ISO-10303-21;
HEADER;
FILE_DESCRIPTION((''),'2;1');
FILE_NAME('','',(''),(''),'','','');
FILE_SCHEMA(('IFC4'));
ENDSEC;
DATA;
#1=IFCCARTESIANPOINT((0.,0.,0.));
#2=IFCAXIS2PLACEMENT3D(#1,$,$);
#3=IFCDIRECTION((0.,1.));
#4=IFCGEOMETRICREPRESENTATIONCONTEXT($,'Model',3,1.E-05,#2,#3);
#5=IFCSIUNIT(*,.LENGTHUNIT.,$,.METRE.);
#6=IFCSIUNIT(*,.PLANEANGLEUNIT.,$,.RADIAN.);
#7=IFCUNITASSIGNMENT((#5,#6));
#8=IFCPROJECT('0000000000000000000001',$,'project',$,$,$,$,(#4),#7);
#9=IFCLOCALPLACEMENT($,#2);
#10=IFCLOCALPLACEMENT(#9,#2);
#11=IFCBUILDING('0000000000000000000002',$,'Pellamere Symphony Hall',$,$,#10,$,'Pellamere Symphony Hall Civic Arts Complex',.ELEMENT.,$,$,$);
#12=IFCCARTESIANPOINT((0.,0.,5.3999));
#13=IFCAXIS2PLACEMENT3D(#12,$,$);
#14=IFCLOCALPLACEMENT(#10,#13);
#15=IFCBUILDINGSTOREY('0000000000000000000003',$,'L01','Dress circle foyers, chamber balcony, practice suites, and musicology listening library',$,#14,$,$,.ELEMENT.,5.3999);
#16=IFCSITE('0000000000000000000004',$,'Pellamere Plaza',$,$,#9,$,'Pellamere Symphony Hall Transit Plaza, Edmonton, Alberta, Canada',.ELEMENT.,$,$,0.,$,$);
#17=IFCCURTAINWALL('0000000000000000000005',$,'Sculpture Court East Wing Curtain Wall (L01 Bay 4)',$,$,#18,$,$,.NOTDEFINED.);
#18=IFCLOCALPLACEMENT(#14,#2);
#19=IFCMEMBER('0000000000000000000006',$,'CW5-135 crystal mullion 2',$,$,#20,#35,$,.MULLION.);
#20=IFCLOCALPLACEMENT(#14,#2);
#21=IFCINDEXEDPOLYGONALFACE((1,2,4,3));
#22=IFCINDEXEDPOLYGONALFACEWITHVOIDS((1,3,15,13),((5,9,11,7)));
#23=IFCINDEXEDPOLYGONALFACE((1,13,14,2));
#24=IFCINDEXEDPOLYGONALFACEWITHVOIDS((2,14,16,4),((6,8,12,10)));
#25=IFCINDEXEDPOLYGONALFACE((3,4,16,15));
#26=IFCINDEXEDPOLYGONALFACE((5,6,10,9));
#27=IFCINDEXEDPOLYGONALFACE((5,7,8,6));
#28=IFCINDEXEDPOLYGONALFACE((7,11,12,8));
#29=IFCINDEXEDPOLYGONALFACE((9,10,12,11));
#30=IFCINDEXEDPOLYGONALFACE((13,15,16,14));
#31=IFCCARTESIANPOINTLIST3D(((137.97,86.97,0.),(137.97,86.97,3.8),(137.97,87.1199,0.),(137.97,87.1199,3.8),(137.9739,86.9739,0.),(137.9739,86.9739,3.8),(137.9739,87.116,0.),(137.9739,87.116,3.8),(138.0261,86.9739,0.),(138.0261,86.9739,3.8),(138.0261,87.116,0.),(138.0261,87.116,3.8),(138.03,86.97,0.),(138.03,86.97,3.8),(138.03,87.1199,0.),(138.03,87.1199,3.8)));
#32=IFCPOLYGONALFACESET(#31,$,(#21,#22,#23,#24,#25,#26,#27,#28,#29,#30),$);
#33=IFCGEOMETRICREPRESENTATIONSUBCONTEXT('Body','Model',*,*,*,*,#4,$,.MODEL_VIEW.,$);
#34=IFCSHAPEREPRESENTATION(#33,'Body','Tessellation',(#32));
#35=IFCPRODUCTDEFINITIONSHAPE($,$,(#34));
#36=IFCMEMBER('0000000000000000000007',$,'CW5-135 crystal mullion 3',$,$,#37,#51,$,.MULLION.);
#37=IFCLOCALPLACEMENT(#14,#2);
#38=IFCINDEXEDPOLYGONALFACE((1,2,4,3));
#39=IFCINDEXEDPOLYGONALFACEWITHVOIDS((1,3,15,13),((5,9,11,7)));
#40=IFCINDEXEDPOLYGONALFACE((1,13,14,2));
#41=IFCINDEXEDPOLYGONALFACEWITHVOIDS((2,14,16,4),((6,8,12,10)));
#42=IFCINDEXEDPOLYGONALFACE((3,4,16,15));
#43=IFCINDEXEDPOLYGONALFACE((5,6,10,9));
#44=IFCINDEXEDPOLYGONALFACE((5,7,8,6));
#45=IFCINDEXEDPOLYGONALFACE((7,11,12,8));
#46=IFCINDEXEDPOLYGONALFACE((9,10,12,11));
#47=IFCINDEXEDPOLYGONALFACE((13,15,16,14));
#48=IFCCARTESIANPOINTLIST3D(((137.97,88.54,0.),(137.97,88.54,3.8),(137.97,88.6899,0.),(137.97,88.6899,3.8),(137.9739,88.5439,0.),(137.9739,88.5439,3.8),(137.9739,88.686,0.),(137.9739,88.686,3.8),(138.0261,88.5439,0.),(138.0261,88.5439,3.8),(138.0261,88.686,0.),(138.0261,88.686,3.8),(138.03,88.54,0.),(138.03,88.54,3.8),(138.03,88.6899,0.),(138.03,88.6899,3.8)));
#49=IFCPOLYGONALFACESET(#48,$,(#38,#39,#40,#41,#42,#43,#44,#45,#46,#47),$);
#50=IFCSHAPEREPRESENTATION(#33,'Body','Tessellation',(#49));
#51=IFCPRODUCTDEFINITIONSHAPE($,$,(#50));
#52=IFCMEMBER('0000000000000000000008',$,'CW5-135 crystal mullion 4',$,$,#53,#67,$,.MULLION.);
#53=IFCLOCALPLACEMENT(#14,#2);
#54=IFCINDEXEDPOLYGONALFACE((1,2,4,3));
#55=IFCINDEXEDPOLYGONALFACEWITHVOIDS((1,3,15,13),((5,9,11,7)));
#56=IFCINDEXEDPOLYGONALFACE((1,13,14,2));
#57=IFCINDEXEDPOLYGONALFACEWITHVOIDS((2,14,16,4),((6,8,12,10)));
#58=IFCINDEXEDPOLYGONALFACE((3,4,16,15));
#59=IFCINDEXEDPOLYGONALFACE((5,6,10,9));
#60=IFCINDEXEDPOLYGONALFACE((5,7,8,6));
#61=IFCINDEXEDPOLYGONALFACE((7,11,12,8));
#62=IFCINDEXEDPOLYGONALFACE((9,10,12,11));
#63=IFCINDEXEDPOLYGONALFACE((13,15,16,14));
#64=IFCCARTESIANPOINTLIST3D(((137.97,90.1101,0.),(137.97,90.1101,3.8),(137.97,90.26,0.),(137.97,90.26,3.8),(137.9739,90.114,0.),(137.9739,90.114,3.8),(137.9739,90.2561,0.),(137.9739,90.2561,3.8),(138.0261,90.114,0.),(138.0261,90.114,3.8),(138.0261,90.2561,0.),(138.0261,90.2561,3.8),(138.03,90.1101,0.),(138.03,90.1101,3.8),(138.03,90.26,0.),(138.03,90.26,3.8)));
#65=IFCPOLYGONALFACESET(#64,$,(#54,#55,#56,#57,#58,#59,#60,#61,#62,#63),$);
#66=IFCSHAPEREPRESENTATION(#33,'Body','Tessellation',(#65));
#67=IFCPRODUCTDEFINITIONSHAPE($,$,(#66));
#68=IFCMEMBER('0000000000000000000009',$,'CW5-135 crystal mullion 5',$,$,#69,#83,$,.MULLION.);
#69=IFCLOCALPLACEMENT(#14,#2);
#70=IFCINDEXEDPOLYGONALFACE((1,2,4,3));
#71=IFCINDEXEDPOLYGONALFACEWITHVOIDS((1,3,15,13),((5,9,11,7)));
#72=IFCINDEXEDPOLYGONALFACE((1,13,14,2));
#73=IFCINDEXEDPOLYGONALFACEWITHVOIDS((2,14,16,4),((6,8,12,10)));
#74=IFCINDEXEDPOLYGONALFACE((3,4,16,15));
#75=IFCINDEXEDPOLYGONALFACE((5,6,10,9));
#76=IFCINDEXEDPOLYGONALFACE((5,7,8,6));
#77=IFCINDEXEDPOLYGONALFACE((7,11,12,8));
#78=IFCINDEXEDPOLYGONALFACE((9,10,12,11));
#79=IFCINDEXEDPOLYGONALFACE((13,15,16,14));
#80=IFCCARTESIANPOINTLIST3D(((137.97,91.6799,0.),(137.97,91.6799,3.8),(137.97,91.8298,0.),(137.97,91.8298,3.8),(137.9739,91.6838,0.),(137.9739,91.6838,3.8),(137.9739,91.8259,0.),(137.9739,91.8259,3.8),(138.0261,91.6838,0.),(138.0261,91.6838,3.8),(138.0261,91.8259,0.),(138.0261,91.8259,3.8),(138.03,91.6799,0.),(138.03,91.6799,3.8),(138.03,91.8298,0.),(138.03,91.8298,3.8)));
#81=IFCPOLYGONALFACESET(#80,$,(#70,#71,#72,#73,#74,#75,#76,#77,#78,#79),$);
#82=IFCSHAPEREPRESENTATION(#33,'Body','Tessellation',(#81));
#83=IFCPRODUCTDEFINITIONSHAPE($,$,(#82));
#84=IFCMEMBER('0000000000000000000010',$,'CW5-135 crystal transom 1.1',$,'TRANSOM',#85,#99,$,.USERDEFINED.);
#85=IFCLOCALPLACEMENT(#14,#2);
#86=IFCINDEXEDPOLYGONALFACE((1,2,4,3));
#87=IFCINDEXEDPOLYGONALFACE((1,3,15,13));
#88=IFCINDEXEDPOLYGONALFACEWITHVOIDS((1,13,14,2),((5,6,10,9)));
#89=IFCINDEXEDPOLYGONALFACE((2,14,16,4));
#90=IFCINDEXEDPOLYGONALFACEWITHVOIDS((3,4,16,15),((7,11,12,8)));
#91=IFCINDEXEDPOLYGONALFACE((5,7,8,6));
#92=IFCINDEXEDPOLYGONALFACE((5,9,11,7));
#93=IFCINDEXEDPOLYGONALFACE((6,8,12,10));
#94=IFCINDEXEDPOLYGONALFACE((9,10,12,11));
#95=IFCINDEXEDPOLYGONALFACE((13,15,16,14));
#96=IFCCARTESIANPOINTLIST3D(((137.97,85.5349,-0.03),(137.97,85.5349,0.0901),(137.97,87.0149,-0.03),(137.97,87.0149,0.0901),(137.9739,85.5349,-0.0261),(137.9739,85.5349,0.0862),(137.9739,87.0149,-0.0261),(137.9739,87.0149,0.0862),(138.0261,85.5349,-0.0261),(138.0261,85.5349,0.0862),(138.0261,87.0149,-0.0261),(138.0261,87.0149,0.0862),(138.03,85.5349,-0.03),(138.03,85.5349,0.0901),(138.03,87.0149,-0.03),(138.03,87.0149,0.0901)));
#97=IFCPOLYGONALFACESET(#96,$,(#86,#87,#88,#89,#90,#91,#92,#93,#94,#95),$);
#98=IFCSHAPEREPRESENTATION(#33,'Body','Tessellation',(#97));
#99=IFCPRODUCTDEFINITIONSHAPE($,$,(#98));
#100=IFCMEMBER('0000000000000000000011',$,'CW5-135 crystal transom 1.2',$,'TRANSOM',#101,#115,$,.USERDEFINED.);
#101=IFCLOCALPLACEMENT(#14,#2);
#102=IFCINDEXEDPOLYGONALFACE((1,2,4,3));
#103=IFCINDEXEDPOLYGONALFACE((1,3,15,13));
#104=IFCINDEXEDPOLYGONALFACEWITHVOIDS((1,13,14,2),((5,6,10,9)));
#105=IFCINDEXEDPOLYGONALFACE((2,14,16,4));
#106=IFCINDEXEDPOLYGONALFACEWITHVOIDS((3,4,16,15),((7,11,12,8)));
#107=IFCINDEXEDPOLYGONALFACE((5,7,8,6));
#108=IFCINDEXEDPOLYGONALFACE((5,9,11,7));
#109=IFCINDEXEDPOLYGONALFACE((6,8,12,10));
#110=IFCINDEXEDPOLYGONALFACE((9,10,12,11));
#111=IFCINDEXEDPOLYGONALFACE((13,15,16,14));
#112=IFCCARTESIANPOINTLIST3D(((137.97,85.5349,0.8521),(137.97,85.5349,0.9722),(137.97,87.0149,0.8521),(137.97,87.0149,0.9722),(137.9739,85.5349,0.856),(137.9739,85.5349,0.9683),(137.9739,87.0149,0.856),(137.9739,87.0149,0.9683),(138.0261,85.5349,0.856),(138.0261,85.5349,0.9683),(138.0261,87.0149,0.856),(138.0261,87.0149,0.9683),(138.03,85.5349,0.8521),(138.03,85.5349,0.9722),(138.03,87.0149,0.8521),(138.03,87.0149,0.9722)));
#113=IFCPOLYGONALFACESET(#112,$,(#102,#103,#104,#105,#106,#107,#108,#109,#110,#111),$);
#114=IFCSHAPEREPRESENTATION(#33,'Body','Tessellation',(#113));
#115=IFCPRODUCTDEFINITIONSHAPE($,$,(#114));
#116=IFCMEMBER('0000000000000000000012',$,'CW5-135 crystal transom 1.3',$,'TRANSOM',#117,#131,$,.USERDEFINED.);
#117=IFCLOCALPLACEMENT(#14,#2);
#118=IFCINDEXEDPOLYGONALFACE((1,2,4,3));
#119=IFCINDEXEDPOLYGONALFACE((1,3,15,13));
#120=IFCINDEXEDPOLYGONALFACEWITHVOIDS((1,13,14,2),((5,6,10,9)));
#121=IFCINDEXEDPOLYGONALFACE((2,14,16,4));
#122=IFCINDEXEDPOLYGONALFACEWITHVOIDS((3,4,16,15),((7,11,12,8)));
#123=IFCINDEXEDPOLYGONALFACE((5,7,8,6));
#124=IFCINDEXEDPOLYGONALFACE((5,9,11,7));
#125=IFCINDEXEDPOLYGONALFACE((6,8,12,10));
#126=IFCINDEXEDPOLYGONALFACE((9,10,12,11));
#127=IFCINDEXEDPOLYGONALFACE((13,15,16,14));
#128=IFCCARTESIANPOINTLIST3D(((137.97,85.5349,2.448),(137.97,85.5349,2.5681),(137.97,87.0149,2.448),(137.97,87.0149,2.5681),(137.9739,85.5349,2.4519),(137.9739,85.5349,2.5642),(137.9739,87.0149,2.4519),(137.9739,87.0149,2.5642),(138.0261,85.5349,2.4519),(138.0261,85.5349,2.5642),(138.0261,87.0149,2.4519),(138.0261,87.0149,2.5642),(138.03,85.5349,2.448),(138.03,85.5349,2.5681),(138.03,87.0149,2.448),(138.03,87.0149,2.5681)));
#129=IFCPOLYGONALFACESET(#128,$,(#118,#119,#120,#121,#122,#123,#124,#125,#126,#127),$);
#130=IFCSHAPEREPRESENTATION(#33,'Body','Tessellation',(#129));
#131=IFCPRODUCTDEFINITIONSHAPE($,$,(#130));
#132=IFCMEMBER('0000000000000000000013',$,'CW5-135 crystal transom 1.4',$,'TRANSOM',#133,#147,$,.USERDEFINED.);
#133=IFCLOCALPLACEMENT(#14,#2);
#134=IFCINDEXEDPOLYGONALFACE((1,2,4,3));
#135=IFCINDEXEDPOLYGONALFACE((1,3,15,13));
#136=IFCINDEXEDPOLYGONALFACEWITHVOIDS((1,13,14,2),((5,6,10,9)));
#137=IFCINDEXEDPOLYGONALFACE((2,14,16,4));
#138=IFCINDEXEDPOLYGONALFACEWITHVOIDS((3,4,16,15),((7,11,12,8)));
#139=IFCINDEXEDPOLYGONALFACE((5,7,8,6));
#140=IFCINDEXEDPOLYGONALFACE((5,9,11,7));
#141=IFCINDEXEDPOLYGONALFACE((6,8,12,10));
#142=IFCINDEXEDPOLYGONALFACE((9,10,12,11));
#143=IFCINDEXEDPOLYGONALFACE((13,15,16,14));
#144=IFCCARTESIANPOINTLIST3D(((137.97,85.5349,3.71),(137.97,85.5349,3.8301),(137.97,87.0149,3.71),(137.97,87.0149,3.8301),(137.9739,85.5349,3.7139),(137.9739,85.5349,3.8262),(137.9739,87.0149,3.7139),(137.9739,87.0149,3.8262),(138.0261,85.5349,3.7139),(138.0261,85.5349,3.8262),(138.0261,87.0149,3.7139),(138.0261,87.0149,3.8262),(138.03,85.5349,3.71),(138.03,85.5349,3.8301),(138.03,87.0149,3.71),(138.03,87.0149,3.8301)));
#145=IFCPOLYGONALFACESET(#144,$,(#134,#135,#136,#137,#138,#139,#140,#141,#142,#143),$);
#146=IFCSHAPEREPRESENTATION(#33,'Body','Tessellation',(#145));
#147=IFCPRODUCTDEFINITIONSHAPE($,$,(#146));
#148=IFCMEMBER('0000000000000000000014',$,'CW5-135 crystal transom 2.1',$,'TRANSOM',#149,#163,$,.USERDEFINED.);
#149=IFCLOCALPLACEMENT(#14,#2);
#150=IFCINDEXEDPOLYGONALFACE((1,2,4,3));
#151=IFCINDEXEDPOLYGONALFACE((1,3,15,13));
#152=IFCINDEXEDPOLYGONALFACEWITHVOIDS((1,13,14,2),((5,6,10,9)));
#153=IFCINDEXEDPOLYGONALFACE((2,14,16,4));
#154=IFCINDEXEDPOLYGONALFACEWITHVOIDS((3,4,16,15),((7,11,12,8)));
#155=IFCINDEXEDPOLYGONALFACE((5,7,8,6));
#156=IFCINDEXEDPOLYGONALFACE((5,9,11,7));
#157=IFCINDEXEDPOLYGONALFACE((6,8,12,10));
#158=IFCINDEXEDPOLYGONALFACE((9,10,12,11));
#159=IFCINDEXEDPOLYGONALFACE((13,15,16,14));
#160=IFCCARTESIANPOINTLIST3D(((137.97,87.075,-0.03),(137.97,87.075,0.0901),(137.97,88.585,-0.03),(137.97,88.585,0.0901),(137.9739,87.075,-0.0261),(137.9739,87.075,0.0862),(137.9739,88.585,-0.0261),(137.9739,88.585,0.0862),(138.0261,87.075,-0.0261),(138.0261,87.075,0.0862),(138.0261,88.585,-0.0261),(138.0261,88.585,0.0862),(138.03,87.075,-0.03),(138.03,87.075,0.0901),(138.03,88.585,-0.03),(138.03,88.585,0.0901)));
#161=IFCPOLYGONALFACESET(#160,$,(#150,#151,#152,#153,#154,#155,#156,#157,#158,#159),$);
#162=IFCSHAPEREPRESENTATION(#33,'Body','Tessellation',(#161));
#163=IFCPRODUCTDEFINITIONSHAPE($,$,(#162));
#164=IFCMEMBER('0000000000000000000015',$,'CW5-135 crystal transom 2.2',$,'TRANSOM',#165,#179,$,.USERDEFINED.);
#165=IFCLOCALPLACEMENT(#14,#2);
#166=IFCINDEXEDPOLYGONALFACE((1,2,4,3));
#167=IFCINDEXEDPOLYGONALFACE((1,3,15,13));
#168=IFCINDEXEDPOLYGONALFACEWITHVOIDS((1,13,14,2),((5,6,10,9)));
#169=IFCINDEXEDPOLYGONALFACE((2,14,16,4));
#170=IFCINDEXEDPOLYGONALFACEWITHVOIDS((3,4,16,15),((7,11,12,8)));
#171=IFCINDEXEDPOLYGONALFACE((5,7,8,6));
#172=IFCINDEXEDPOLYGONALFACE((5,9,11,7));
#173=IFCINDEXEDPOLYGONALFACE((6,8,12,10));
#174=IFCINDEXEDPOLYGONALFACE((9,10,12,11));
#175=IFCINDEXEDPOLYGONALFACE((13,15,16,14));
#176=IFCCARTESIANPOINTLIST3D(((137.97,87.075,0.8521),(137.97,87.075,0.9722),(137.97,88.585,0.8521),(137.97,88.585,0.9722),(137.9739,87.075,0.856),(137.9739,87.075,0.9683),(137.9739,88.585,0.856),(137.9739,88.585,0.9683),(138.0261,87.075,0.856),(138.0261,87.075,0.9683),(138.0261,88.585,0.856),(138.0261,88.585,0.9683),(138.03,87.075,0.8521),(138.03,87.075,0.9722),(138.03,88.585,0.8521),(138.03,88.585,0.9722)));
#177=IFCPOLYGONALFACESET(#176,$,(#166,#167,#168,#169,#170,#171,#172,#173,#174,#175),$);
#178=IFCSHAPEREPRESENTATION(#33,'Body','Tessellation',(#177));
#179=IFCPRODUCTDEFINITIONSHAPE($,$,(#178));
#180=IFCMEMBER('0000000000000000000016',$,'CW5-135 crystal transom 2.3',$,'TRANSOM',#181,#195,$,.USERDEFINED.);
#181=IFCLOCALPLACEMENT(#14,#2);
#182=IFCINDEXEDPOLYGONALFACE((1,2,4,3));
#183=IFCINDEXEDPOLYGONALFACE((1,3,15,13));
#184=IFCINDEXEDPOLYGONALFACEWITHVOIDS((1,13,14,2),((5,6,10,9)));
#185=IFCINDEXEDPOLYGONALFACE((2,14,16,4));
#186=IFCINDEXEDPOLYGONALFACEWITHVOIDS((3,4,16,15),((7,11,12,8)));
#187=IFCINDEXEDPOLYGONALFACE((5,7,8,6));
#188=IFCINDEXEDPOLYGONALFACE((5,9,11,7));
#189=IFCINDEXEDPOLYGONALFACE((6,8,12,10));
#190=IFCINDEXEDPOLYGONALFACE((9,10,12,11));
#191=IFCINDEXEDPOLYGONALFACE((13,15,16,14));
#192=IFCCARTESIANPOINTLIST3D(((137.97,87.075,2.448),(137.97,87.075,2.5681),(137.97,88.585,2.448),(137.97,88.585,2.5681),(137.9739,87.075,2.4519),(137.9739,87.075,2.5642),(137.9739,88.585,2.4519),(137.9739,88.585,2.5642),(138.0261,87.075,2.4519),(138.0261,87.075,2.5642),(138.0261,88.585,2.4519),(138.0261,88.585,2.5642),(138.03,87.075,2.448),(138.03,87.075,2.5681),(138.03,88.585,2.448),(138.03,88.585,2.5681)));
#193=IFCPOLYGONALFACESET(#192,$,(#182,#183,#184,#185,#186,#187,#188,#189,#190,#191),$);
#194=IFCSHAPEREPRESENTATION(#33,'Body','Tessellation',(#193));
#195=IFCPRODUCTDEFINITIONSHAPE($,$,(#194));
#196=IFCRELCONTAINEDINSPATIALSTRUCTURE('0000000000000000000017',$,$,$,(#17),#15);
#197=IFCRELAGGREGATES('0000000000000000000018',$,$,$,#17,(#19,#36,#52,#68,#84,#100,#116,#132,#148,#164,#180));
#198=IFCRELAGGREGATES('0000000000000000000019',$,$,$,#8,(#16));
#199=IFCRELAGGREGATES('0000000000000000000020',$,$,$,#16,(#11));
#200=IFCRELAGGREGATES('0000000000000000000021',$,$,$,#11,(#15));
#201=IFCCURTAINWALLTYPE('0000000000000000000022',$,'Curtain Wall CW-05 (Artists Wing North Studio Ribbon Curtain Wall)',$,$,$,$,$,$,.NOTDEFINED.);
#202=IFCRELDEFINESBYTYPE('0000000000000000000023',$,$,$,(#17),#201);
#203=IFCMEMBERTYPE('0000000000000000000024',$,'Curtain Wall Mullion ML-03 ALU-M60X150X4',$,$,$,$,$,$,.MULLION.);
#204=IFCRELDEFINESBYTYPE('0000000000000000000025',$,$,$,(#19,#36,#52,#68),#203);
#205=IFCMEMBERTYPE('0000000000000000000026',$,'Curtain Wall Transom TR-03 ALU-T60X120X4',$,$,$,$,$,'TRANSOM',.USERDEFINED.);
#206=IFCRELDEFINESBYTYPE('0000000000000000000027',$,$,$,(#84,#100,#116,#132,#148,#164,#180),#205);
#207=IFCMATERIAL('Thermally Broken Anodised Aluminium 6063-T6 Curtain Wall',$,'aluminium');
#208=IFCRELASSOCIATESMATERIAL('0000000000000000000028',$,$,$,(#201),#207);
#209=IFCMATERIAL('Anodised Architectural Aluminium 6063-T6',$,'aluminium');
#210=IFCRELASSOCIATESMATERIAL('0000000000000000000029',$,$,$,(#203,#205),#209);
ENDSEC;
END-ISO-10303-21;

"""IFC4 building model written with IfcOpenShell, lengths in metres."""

from ifc_helpers import new_model, si_unit, direction, frame, origin, origin_2d, place, context, subcontext, project, spatial, hollow_rectangle, extrude, material, material_profile, profile_set, type_object, element, aggregate, save


model = new_model("IFC4")

# Units and contexts
model_context = context("Model", 3, precision=1e-05, world=origin(), true_north=direction((0.0, 1.0)))
body_context = subcontext(model_context, "Body", "Model", "MODEL_VIEW")
ifc_project = project(units=[si_unit("LENGTHUNIT", "METRE"), si_unit("PLANEANGLEUNIT", "RADIAN")], contexts=[model_context])

# Site, building, storey
site_placement = place(None, origin())
site = spatial("IfcSite", under=ifc_project, at=site_placement, Name="Pellamere Plaza", LongName="Pellamere Symphony Hall Transit Plaza, Edmonton, Alberta, Canada", CompositionType="ELEMENT", RefElevation=0.0)
building_placement = place(site_placement, origin())
building = spatial("IfcBuilding", under=site, at=building_placement, Name="Pellamere Symphony Hall", LongName="Pellamere Symphony Hall Civic Arts Complex", CompositionType="ELEMENT")
storey_placement = place(building_placement, frame((0.0, 0.0, 5.3999)))
storey = spatial("IfcBuildingStorey", under=building, at=storey_placement, Name="L01", Description="Dress circle foyers, chamber balcony, practice suites, and musicology listening library", CompositionType="ELEMENT", Elevation=5.3999)

# Curtain wall, members
ifc_material_1 = material(Name="Thermally Broken Anodised Aluminium 6063-T6 Curtain Wall", Category="aluminium")
curtain_wall_type = type_object("IfcCurtainWallType", Name="Curtain Wall CW-05 (Artists Wing North Studio Ribbon Curtain Wall)", PredefinedType="NOTDEFINED", material=ifc_material_1)
curtain_wall_placement = place(storey_placement, origin())
curtain_wall = element("IfcCurtainWall", 1, at=curtain_wall_placement, inside=storey, type_object=curtain_wall_type, Name="Sculpture Court East Wing Curtain Wall (L01 Bay 4)", PredefinedType="NOTDEFINED")
ifc_material_2 = material(Name="Anodised Architectural Aluminium 6063-T6", Category="aluminium")
ifc_material_profile_1 = material_profile(ifc_material_2, hollow_rectangle(XDim=0.0601, YDim=0.1499, WallThickness=0.0039, at=origin_2d()), Name="ALU-M60X150X4")
ifc_profile_set_1 = profile_set([ifc_material_profile_1], Name="Anodised Architectural Aluminium 6063-T6")
member_type_1 = type_object("IfcMemberType", Name="Curtain Wall Mullion ML-03 ALU-M60X150X4", PredefinedType="MULLION", material=ifc_profile_set_1)
member_1_placement = place(storey_placement, frame((138.0, 87.0449, 0.0), z_axis=(0.0, 0.0, 1.0), x_axis=(-1.0, 0.0, 0.0)))
member_1 = element("IfcMember", 2, at=member_1_placement, type_object=member_type_1, Name="CW5-135 crystal mullion 2", PredefinedType="MULLION", context=body_context, shape_type="SweptSolid", body=[
    extrude(hollow_rectangle(XDim=0.0601, YDim=0.1499, WallThickness=0.0039, at=origin_2d()), origin(), (0.0, 0.0, 1.0), 3.8),
])
member_2_placement = place(storey_placement, frame((138.0, 88.615, 0.0), z_axis=(0.0, 0.0, 1.0), x_axis=(-1.0, 0.0, 0.0)))
member_2 = element("IfcMember", 3, at=member_2_placement, type_object=member_type_1, Name="CW5-135 crystal mullion 3", PredefinedType="MULLION", context=body_context, shape_type="SweptSolid", body=[
    extrude(hollow_rectangle(XDim=0.0601, YDim=0.1499, WallThickness=0.0039, at=origin_2d()), origin(), (0.0, 0.0, 1.0), 3.8),
])
member_3_placement = place(storey_placement, frame((138.0, 90.1851, 0.0), z_axis=(0.0, 0.0, 1.0), x_axis=(-1.0, 0.0, 0.0)))
member_3 = element("IfcMember", 4, at=member_3_placement, type_object=member_type_1, Name="CW5-135 crystal mullion 4", PredefinedType="MULLION", context=body_context, shape_type="SweptSolid", body=[
    extrude(hollow_rectangle(XDim=0.0601, YDim=0.1499, WallThickness=0.0039, at=origin_2d()), origin(), (0.0, 0.0, 1.0), 3.8),
])
member_4_placement = place(storey_placement, frame((138.0, 91.7549, 0.0), z_axis=(0.0, 0.0, 1.0), x_axis=(-1.0, 0.0, 0.0)))
member_4 = element("IfcMember", 5, at=member_4_placement, type_object=member_type_1, Name="CW5-135 crystal mullion 5", PredefinedType="MULLION", context=body_context, shape_type="SweptSolid", body=[
    extrude(hollow_rectangle(XDim=0.0601, YDim=0.1499, WallThickness=0.0039, at=origin_2d()), origin(), (0.0, 0.0, 1.0), 3.8),
])
ifc_material_profile_2 = material_profile(ifc_material_2, hollow_rectangle(XDim=0.0601, YDim=0.1201, WallThickness=0.0039, at=origin_2d()), Name="ALU-T60X120X4")
ifc_profile_set_2 = profile_set([ifc_material_profile_2], Name="Anodised Architectural Aluminium 6063-T6")
member_type_2 = type_object("IfcMemberType", Name="Curtain Wall Transom TR-03 ALU-T60X120X4", ElementType="TRANSOM", PredefinedType="USERDEFINED", material=ifc_profile_set_2)
member_5_placement = place(storey_placement, frame((138.0, 85.5349, 0.03), z_axis=(0.0, 1.0, 0.0), x_axis=(-1.0, 0.0, 0.0)))
member_5 = element("IfcMember", 6, at=member_5_placement, type_object=member_type_2, Name="CW5-135 crystal transom 1.1", ObjectType="TRANSOM", PredefinedType="USERDEFINED", context=body_context, shape_type="SweptSolid", body=[
    extrude(hollow_rectangle(XDim=0.0601, YDim=0.1201, WallThickness=0.0039, at=origin_2d()), origin(), (0.0, 0.0, 1.0), 1.48),
])
member_6_placement = place(storey_placement, frame((138.0, 85.5349, 0.9121), z_axis=(0.0, 1.0, 0.0), x_axis=(-1.0, 0.0, 0.0)))
member_6 = element("IfcMember", 7, at=member_6_placement, type_object=member_type_2, Name="CW5-135 crystal transom 1.2", ObjectType="TRANSOM", PredefinedType="USERDEFINED", context=body_context, shape_type="SweptSolid", body=[
    extrude(hollow_rectangle(XDim=0.0601, YDim=0.1201, WallThickness=0.0039, at=origin_2d()), origin(), (0.0, 0.0, 1.0), 1.48),
])
member_7_placement = place(storey_placement, frame((138.0, 85.5349, 2.5081), z_axis=(0.0, 1.0, 0.0), x_axis=(-1.0, 0.0, 0.0)))
member_7 = element("IfcMember", 8, at=member_7_placement, type_object=member_type_2, Name="CW5-135 crystal transom 1.3", ObjectType="TRANSOM", PredefinedType="USERDEFINED", context=body_context, shape_type="SweptSolid", body=[
    extrude(hollow_rectangle(XDim=0.0601, YDim=0.1201, WallThickness=0.0039, at=origin_2d()), origin(), (0.0, 0.0, 1.0), 1.48),
])
member_8_placement = place(storey_placement, frame((138.0, 85.5349, 3.77), z_axis=(0.0, 1.0, 0.0), x_axis=(-1.0, 0.0, 0.0)))
member_8 = element("IfcMember", 9, at=member_8_placement, type_object=member_type_2, Name="CW5-135 crystal transom 1.4", ObjectType="TRANSOM", PredefinedType="USERDEFINED", context=body_context, shape_type="SweptSolid", body=[
    extrude(hollow_rectangle(XDim=0.0601, YDim=0.1201, WallThickness=0.0039, at=origin_2d()), origin(), (0.0, 0.0, 1.0), 1.48),
])
member_9_placement = place(storey_placement, frame((138.0, 87.075, 0.03), z_axis=(0.0, 1.0, 0.0), x_axis=(-1.0, 0.0, 0.0)))
member_9 = element("IfcMember", 10, at=member_9_placement, type_object=member_type_2, Name="CW5-135 crystal transom 2.1", ObjectType="TRANSOM", PredefinedType="USERDEFINED", context=body_context, shape_type="SweptSolid", body=[
    extrude(hollow_rectangle(XDim=0.0601, YDim=0.1201, WallThickness=0.0039, at=origin_2d()), origin(), (0.0, 0.0, 1.0), 1.51),
])
member_10_placement = place(storey_placement, frame((138.0, 87.075, 0.9121), z_axis=(0.0, 1.0, 0.0), x_axis=(-1.0, 0.0, 0.0)))
member_10 = element("IfcMember", 11, at=member_10_placement, type_object=member_type_2, Name="CW5-135 crystal transom 2.2", ObjectType="TRANSOM", PredefinedType="USERDEFINED", context=body_context, shape_type="SweptSolid", body=[
    extrude(hollow_rectangle(XDim=0.0601, YDim=0.1201, WallThickness=0.0039, at=origin_2d()), origin(), (0.0, 0.0, 1.0), 1.51),
])
member_11_placement = place(storey_placement, frame((138.0, 87.075, 2.5081), z_axis=(0.0, 1.0, 0.0), x_axis=(-1.0, 0.0, 0.0)))
member_11 = element("IfcMember", 12, at=member_11_placement, type_object=member_type_2, Name="CW5-135 crystal transom 2.3", ObjectType="TRANSOM", PredefinedType="USERDEFINED", context=body_context, shape_type="SweptSolid", body=[
    extrude(hollow_rectangle(XDim=0.0601, YDim=0.1201, WallThickness=0.0039, at=origin_2d()), origin(), (0.0, 0.0, 1.0), 1.51),
])

aggregate(curtain_wall, [member_1, member_2, member_3, member_4, member_5, member_6, member_7, member_8, member_9, member_10, member_11])

save(model, "model.ifc")
